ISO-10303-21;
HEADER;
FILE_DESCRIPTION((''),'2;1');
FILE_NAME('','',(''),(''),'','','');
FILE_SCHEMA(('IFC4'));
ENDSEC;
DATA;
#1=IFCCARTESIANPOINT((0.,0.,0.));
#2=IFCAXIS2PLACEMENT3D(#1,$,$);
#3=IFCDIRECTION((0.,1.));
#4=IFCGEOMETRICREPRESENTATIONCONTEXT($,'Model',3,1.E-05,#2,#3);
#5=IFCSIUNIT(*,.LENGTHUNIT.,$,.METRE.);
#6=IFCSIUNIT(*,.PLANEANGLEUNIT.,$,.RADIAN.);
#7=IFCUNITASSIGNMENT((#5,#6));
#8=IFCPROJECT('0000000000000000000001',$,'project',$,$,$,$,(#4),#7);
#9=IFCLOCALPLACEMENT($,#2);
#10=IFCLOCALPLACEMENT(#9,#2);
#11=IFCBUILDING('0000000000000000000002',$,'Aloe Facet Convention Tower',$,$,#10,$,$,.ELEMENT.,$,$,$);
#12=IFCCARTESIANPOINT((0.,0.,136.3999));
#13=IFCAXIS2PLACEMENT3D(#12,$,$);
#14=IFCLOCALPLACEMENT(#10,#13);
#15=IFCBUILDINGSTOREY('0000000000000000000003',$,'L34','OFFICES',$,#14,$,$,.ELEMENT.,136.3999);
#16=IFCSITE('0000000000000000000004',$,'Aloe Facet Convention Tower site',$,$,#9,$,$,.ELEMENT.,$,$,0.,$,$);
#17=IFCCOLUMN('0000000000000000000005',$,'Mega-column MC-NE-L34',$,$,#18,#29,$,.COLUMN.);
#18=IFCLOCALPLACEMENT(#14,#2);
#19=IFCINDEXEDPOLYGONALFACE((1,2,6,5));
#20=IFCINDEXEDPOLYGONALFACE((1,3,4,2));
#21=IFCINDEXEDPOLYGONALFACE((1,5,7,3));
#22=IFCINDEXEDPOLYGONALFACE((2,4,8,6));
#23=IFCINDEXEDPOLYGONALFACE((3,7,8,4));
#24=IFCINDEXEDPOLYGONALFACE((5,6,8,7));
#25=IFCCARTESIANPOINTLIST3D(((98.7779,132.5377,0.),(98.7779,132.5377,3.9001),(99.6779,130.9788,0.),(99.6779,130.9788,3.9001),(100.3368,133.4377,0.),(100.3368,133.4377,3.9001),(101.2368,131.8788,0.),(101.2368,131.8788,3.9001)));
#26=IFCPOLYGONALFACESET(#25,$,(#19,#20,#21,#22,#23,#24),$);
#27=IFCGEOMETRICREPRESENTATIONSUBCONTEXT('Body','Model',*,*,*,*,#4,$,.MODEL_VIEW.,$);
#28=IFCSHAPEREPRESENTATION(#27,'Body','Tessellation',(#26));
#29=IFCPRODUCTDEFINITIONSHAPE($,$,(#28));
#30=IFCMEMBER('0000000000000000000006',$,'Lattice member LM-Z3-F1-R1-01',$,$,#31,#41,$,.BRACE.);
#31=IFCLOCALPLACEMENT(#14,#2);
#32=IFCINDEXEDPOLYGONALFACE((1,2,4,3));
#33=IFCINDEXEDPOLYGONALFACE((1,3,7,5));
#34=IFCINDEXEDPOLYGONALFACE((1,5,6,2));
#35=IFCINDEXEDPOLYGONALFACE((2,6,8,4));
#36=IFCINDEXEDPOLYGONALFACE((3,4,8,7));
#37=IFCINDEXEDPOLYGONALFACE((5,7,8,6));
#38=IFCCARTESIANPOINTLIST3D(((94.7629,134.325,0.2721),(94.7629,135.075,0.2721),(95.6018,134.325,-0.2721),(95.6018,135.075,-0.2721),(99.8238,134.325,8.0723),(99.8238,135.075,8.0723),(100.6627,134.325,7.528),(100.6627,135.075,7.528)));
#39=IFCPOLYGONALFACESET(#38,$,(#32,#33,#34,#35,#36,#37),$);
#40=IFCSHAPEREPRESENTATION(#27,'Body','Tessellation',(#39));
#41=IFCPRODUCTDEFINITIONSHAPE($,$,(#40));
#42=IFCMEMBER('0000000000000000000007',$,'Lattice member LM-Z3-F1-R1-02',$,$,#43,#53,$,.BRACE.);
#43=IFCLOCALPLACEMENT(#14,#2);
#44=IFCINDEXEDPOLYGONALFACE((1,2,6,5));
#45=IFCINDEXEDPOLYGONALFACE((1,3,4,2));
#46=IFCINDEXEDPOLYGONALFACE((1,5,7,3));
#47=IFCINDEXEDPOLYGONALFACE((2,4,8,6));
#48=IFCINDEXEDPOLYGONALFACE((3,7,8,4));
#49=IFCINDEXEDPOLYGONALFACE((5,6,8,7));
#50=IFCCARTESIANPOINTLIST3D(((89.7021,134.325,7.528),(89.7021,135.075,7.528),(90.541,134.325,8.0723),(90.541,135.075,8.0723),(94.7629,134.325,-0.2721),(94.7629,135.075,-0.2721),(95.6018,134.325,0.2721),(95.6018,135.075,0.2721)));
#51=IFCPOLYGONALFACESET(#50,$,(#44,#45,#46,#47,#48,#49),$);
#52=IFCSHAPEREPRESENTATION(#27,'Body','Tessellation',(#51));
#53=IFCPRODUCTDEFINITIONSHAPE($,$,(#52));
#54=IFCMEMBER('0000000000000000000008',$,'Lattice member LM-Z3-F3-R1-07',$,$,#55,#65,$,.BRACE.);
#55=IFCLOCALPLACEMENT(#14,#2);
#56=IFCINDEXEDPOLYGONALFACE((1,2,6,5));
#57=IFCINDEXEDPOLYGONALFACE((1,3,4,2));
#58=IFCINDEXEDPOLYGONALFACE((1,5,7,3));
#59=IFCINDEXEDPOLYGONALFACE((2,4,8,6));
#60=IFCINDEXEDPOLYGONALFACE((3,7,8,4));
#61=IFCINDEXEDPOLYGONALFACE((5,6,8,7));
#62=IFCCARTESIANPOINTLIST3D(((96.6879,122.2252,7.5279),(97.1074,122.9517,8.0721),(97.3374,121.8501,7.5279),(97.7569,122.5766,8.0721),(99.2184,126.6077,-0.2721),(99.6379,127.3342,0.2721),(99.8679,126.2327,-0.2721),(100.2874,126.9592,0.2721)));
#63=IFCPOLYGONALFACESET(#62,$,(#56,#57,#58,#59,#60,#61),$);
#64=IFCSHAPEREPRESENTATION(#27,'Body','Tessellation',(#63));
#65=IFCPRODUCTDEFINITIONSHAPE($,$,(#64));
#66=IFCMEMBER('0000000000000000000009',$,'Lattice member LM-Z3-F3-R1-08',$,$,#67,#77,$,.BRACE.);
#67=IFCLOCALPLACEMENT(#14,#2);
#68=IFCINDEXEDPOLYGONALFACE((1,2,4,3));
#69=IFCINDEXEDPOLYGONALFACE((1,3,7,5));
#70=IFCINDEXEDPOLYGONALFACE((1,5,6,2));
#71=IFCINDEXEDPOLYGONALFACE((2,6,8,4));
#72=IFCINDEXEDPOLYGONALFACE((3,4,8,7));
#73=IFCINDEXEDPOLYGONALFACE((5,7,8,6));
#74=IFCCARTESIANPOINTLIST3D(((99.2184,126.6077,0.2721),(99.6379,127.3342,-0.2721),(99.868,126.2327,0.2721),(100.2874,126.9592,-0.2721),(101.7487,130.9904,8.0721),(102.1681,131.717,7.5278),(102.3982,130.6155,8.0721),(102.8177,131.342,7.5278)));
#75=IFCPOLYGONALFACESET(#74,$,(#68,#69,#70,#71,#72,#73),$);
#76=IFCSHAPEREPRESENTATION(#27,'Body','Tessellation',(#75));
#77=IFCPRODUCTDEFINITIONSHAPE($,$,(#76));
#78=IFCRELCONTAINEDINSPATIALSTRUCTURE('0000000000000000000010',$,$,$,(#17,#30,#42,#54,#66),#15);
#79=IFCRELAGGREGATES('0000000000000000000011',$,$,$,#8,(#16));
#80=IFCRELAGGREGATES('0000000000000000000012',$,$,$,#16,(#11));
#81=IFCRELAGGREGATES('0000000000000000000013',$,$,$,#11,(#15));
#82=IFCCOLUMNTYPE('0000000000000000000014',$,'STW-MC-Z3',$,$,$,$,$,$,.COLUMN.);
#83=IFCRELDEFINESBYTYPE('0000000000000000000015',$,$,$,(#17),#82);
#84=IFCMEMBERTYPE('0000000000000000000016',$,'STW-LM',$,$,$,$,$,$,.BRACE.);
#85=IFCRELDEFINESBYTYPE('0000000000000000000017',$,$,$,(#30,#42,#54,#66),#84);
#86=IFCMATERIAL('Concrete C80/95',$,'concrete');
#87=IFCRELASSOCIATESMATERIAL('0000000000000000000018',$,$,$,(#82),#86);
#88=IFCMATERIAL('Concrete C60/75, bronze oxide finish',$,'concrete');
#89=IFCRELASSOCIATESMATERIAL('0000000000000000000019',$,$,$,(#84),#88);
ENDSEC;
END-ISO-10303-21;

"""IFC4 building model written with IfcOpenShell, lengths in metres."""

from ifc_helpers import new_model, si_unit, direction, frame, origin, origin_2d, place, context, subcontext, project, spatial, rectangle, extrude, material, material_profile, profile_set, type_object, element, save


model = new_model("IFC4")

# Units and contexts
model_context = context("Model", 3, precision=1e-05, world=origin(), true_north=direction((0.0, 1.0)))
body_context = subcontext(model_context, "Body", "Model", "MODEL_VIEW")
ifc_project = project(units=[si_unit("LENGTHUNIT", "METRE"), si_unit("PLANEANGLEUNIT", "RADIAN")], contexts=[model_context])

# Site, building, storey
site_placement = place(None, origin())
site = spatial("IfcSite", under=ifc_project, at=site_placement, Name="Aloe Facet Convention Tower site", CompositionType="ELEMENT", RefElevation=0.0)
building_placement = place(site_placement, origin())
building = spatial("IfcBuilding", under=site, at=building_placement, Name="Aloe Facet Convention Tower", CompositionType="ELEMENT")
storey_placement = place(building_placement, frame((0.0, 0.0, 136.3999)))
storey = spatial("IfcBuildingStorey", under=building, at=storey_placement, Name="L34", Description="OFFICES", CompositionType="ELEMENT", Elevation=136.3999)

# Column
ifc_material_1 = material(Name="Concrete C80/95", Category="concrete")
ifc_material_profile_1 = material_profile(ifc_material_1, rectangle(XDim=1.8, YDim=1.8, at=origin_2d()), Name="STW-MC-Z3")
ifc_profile_set_1 = profile_set([ifc_material_profile_1], Name="Concrete C80/95")
column_type = type_object("IfcColumnType", Name="STW-MC-Z3", PredefinedType="COLUMN", material=ifc_profile_set_1)
column_placement = place(storey_placement, frame((100.0073, 132.2083, 0.0), z_axis=(0.0, 0.0, 1.0), x_axis=(-0.5, 0.866025, 0.0)))
element("IfcColumn", 1, at=column_placement, inside=storey, type_object=column_type, Name="Mega-column MC-NE-L34", PredefinedType="COLUMN", context=body_context, shape_type="SweptSolid", body=[
    extrude(rectangle(XDim=1.8, YDim=1.8, at=origin_2d()), origin(), (0.0, 0.0, 1.0), 3.9001),
])

# Members
ifc_material_2 = material(Name="Concrete C60/75, bronze oxide finish", Category="concrete")
ifc_material_profile_2 = material_profile(ifc_material_2, rectangle(XDim=0.75, YDim=1.0, at=origin_2d()), Name="STW-LM")
ifc_profile_set_2 = profile_set([ifc_material_profile_2], Name="Concrete C60/75, bronze oxide finish")
member_type = type_object("IfcMemberType", Name="STW-LM", PredefinedType="BRACE", material=ifc_profile_set_2)
for number, where, z_axis, x_axis, name in (
    (2, (95.1824, 134.7, 0.0), (0.54429, 0.0, 0.838897), (0.0, 1.0, 0.0), "Lattice member LM-Z3-F1-R1-01"),
    (3, (95.1824, 134.7, 0.0), (-0.54429, 0.0, 0.838897), (0.0, -1.0, 0.0), "Lattice member LM-Z3-F1-R1-02"),
):
    element("IfcMember", number, at=place(storey_placement, frame(where, z_axis=z_axis, x_axis=x_axis)), inside=storey, type_object=member_type, Name=name, PredefinedType="BRACE", context=body_context, shape_type="SweptSolid", body=[
        extrude(rectangle(XDim=0.75, YDim=1.0, at=origin_2d()), origin(), (0.0, 0.0, 1.0), 9.2981),
    ])
for number, where, z_axis, x_axis, name in (
    (4, (99.7529, 126.7834, 0.0), (-0.27216, -0.47135, 0.838903), (0.866005, -0.500036, 0.0), "Lattice member LM-Z3-F3-R1-07"),
    (5, (99.7529, 126.7834, 0.0), (0.272132, 0.471373, 0.838899), (-0.866038, 0.499979, 0.0), "Lattice member LM-Z3-F3-R1-08"),
):
    element("IfcMember", number, at=place(storey_placement, frame(where, z_axis=z_axis, x_axis=x_axis)), inside=storey, type_object=member_type, Name=name, PredefinedType="BRACE", context=body_context, shape_type="SweptSolid", body=[
        extrude(rectangle(XDim=0.75, YDim=1.0, at=origin_2d()), origin(), (0.0, 0.0, 1.0), 9.2979),
    ])

save(model, "model.ifc")
